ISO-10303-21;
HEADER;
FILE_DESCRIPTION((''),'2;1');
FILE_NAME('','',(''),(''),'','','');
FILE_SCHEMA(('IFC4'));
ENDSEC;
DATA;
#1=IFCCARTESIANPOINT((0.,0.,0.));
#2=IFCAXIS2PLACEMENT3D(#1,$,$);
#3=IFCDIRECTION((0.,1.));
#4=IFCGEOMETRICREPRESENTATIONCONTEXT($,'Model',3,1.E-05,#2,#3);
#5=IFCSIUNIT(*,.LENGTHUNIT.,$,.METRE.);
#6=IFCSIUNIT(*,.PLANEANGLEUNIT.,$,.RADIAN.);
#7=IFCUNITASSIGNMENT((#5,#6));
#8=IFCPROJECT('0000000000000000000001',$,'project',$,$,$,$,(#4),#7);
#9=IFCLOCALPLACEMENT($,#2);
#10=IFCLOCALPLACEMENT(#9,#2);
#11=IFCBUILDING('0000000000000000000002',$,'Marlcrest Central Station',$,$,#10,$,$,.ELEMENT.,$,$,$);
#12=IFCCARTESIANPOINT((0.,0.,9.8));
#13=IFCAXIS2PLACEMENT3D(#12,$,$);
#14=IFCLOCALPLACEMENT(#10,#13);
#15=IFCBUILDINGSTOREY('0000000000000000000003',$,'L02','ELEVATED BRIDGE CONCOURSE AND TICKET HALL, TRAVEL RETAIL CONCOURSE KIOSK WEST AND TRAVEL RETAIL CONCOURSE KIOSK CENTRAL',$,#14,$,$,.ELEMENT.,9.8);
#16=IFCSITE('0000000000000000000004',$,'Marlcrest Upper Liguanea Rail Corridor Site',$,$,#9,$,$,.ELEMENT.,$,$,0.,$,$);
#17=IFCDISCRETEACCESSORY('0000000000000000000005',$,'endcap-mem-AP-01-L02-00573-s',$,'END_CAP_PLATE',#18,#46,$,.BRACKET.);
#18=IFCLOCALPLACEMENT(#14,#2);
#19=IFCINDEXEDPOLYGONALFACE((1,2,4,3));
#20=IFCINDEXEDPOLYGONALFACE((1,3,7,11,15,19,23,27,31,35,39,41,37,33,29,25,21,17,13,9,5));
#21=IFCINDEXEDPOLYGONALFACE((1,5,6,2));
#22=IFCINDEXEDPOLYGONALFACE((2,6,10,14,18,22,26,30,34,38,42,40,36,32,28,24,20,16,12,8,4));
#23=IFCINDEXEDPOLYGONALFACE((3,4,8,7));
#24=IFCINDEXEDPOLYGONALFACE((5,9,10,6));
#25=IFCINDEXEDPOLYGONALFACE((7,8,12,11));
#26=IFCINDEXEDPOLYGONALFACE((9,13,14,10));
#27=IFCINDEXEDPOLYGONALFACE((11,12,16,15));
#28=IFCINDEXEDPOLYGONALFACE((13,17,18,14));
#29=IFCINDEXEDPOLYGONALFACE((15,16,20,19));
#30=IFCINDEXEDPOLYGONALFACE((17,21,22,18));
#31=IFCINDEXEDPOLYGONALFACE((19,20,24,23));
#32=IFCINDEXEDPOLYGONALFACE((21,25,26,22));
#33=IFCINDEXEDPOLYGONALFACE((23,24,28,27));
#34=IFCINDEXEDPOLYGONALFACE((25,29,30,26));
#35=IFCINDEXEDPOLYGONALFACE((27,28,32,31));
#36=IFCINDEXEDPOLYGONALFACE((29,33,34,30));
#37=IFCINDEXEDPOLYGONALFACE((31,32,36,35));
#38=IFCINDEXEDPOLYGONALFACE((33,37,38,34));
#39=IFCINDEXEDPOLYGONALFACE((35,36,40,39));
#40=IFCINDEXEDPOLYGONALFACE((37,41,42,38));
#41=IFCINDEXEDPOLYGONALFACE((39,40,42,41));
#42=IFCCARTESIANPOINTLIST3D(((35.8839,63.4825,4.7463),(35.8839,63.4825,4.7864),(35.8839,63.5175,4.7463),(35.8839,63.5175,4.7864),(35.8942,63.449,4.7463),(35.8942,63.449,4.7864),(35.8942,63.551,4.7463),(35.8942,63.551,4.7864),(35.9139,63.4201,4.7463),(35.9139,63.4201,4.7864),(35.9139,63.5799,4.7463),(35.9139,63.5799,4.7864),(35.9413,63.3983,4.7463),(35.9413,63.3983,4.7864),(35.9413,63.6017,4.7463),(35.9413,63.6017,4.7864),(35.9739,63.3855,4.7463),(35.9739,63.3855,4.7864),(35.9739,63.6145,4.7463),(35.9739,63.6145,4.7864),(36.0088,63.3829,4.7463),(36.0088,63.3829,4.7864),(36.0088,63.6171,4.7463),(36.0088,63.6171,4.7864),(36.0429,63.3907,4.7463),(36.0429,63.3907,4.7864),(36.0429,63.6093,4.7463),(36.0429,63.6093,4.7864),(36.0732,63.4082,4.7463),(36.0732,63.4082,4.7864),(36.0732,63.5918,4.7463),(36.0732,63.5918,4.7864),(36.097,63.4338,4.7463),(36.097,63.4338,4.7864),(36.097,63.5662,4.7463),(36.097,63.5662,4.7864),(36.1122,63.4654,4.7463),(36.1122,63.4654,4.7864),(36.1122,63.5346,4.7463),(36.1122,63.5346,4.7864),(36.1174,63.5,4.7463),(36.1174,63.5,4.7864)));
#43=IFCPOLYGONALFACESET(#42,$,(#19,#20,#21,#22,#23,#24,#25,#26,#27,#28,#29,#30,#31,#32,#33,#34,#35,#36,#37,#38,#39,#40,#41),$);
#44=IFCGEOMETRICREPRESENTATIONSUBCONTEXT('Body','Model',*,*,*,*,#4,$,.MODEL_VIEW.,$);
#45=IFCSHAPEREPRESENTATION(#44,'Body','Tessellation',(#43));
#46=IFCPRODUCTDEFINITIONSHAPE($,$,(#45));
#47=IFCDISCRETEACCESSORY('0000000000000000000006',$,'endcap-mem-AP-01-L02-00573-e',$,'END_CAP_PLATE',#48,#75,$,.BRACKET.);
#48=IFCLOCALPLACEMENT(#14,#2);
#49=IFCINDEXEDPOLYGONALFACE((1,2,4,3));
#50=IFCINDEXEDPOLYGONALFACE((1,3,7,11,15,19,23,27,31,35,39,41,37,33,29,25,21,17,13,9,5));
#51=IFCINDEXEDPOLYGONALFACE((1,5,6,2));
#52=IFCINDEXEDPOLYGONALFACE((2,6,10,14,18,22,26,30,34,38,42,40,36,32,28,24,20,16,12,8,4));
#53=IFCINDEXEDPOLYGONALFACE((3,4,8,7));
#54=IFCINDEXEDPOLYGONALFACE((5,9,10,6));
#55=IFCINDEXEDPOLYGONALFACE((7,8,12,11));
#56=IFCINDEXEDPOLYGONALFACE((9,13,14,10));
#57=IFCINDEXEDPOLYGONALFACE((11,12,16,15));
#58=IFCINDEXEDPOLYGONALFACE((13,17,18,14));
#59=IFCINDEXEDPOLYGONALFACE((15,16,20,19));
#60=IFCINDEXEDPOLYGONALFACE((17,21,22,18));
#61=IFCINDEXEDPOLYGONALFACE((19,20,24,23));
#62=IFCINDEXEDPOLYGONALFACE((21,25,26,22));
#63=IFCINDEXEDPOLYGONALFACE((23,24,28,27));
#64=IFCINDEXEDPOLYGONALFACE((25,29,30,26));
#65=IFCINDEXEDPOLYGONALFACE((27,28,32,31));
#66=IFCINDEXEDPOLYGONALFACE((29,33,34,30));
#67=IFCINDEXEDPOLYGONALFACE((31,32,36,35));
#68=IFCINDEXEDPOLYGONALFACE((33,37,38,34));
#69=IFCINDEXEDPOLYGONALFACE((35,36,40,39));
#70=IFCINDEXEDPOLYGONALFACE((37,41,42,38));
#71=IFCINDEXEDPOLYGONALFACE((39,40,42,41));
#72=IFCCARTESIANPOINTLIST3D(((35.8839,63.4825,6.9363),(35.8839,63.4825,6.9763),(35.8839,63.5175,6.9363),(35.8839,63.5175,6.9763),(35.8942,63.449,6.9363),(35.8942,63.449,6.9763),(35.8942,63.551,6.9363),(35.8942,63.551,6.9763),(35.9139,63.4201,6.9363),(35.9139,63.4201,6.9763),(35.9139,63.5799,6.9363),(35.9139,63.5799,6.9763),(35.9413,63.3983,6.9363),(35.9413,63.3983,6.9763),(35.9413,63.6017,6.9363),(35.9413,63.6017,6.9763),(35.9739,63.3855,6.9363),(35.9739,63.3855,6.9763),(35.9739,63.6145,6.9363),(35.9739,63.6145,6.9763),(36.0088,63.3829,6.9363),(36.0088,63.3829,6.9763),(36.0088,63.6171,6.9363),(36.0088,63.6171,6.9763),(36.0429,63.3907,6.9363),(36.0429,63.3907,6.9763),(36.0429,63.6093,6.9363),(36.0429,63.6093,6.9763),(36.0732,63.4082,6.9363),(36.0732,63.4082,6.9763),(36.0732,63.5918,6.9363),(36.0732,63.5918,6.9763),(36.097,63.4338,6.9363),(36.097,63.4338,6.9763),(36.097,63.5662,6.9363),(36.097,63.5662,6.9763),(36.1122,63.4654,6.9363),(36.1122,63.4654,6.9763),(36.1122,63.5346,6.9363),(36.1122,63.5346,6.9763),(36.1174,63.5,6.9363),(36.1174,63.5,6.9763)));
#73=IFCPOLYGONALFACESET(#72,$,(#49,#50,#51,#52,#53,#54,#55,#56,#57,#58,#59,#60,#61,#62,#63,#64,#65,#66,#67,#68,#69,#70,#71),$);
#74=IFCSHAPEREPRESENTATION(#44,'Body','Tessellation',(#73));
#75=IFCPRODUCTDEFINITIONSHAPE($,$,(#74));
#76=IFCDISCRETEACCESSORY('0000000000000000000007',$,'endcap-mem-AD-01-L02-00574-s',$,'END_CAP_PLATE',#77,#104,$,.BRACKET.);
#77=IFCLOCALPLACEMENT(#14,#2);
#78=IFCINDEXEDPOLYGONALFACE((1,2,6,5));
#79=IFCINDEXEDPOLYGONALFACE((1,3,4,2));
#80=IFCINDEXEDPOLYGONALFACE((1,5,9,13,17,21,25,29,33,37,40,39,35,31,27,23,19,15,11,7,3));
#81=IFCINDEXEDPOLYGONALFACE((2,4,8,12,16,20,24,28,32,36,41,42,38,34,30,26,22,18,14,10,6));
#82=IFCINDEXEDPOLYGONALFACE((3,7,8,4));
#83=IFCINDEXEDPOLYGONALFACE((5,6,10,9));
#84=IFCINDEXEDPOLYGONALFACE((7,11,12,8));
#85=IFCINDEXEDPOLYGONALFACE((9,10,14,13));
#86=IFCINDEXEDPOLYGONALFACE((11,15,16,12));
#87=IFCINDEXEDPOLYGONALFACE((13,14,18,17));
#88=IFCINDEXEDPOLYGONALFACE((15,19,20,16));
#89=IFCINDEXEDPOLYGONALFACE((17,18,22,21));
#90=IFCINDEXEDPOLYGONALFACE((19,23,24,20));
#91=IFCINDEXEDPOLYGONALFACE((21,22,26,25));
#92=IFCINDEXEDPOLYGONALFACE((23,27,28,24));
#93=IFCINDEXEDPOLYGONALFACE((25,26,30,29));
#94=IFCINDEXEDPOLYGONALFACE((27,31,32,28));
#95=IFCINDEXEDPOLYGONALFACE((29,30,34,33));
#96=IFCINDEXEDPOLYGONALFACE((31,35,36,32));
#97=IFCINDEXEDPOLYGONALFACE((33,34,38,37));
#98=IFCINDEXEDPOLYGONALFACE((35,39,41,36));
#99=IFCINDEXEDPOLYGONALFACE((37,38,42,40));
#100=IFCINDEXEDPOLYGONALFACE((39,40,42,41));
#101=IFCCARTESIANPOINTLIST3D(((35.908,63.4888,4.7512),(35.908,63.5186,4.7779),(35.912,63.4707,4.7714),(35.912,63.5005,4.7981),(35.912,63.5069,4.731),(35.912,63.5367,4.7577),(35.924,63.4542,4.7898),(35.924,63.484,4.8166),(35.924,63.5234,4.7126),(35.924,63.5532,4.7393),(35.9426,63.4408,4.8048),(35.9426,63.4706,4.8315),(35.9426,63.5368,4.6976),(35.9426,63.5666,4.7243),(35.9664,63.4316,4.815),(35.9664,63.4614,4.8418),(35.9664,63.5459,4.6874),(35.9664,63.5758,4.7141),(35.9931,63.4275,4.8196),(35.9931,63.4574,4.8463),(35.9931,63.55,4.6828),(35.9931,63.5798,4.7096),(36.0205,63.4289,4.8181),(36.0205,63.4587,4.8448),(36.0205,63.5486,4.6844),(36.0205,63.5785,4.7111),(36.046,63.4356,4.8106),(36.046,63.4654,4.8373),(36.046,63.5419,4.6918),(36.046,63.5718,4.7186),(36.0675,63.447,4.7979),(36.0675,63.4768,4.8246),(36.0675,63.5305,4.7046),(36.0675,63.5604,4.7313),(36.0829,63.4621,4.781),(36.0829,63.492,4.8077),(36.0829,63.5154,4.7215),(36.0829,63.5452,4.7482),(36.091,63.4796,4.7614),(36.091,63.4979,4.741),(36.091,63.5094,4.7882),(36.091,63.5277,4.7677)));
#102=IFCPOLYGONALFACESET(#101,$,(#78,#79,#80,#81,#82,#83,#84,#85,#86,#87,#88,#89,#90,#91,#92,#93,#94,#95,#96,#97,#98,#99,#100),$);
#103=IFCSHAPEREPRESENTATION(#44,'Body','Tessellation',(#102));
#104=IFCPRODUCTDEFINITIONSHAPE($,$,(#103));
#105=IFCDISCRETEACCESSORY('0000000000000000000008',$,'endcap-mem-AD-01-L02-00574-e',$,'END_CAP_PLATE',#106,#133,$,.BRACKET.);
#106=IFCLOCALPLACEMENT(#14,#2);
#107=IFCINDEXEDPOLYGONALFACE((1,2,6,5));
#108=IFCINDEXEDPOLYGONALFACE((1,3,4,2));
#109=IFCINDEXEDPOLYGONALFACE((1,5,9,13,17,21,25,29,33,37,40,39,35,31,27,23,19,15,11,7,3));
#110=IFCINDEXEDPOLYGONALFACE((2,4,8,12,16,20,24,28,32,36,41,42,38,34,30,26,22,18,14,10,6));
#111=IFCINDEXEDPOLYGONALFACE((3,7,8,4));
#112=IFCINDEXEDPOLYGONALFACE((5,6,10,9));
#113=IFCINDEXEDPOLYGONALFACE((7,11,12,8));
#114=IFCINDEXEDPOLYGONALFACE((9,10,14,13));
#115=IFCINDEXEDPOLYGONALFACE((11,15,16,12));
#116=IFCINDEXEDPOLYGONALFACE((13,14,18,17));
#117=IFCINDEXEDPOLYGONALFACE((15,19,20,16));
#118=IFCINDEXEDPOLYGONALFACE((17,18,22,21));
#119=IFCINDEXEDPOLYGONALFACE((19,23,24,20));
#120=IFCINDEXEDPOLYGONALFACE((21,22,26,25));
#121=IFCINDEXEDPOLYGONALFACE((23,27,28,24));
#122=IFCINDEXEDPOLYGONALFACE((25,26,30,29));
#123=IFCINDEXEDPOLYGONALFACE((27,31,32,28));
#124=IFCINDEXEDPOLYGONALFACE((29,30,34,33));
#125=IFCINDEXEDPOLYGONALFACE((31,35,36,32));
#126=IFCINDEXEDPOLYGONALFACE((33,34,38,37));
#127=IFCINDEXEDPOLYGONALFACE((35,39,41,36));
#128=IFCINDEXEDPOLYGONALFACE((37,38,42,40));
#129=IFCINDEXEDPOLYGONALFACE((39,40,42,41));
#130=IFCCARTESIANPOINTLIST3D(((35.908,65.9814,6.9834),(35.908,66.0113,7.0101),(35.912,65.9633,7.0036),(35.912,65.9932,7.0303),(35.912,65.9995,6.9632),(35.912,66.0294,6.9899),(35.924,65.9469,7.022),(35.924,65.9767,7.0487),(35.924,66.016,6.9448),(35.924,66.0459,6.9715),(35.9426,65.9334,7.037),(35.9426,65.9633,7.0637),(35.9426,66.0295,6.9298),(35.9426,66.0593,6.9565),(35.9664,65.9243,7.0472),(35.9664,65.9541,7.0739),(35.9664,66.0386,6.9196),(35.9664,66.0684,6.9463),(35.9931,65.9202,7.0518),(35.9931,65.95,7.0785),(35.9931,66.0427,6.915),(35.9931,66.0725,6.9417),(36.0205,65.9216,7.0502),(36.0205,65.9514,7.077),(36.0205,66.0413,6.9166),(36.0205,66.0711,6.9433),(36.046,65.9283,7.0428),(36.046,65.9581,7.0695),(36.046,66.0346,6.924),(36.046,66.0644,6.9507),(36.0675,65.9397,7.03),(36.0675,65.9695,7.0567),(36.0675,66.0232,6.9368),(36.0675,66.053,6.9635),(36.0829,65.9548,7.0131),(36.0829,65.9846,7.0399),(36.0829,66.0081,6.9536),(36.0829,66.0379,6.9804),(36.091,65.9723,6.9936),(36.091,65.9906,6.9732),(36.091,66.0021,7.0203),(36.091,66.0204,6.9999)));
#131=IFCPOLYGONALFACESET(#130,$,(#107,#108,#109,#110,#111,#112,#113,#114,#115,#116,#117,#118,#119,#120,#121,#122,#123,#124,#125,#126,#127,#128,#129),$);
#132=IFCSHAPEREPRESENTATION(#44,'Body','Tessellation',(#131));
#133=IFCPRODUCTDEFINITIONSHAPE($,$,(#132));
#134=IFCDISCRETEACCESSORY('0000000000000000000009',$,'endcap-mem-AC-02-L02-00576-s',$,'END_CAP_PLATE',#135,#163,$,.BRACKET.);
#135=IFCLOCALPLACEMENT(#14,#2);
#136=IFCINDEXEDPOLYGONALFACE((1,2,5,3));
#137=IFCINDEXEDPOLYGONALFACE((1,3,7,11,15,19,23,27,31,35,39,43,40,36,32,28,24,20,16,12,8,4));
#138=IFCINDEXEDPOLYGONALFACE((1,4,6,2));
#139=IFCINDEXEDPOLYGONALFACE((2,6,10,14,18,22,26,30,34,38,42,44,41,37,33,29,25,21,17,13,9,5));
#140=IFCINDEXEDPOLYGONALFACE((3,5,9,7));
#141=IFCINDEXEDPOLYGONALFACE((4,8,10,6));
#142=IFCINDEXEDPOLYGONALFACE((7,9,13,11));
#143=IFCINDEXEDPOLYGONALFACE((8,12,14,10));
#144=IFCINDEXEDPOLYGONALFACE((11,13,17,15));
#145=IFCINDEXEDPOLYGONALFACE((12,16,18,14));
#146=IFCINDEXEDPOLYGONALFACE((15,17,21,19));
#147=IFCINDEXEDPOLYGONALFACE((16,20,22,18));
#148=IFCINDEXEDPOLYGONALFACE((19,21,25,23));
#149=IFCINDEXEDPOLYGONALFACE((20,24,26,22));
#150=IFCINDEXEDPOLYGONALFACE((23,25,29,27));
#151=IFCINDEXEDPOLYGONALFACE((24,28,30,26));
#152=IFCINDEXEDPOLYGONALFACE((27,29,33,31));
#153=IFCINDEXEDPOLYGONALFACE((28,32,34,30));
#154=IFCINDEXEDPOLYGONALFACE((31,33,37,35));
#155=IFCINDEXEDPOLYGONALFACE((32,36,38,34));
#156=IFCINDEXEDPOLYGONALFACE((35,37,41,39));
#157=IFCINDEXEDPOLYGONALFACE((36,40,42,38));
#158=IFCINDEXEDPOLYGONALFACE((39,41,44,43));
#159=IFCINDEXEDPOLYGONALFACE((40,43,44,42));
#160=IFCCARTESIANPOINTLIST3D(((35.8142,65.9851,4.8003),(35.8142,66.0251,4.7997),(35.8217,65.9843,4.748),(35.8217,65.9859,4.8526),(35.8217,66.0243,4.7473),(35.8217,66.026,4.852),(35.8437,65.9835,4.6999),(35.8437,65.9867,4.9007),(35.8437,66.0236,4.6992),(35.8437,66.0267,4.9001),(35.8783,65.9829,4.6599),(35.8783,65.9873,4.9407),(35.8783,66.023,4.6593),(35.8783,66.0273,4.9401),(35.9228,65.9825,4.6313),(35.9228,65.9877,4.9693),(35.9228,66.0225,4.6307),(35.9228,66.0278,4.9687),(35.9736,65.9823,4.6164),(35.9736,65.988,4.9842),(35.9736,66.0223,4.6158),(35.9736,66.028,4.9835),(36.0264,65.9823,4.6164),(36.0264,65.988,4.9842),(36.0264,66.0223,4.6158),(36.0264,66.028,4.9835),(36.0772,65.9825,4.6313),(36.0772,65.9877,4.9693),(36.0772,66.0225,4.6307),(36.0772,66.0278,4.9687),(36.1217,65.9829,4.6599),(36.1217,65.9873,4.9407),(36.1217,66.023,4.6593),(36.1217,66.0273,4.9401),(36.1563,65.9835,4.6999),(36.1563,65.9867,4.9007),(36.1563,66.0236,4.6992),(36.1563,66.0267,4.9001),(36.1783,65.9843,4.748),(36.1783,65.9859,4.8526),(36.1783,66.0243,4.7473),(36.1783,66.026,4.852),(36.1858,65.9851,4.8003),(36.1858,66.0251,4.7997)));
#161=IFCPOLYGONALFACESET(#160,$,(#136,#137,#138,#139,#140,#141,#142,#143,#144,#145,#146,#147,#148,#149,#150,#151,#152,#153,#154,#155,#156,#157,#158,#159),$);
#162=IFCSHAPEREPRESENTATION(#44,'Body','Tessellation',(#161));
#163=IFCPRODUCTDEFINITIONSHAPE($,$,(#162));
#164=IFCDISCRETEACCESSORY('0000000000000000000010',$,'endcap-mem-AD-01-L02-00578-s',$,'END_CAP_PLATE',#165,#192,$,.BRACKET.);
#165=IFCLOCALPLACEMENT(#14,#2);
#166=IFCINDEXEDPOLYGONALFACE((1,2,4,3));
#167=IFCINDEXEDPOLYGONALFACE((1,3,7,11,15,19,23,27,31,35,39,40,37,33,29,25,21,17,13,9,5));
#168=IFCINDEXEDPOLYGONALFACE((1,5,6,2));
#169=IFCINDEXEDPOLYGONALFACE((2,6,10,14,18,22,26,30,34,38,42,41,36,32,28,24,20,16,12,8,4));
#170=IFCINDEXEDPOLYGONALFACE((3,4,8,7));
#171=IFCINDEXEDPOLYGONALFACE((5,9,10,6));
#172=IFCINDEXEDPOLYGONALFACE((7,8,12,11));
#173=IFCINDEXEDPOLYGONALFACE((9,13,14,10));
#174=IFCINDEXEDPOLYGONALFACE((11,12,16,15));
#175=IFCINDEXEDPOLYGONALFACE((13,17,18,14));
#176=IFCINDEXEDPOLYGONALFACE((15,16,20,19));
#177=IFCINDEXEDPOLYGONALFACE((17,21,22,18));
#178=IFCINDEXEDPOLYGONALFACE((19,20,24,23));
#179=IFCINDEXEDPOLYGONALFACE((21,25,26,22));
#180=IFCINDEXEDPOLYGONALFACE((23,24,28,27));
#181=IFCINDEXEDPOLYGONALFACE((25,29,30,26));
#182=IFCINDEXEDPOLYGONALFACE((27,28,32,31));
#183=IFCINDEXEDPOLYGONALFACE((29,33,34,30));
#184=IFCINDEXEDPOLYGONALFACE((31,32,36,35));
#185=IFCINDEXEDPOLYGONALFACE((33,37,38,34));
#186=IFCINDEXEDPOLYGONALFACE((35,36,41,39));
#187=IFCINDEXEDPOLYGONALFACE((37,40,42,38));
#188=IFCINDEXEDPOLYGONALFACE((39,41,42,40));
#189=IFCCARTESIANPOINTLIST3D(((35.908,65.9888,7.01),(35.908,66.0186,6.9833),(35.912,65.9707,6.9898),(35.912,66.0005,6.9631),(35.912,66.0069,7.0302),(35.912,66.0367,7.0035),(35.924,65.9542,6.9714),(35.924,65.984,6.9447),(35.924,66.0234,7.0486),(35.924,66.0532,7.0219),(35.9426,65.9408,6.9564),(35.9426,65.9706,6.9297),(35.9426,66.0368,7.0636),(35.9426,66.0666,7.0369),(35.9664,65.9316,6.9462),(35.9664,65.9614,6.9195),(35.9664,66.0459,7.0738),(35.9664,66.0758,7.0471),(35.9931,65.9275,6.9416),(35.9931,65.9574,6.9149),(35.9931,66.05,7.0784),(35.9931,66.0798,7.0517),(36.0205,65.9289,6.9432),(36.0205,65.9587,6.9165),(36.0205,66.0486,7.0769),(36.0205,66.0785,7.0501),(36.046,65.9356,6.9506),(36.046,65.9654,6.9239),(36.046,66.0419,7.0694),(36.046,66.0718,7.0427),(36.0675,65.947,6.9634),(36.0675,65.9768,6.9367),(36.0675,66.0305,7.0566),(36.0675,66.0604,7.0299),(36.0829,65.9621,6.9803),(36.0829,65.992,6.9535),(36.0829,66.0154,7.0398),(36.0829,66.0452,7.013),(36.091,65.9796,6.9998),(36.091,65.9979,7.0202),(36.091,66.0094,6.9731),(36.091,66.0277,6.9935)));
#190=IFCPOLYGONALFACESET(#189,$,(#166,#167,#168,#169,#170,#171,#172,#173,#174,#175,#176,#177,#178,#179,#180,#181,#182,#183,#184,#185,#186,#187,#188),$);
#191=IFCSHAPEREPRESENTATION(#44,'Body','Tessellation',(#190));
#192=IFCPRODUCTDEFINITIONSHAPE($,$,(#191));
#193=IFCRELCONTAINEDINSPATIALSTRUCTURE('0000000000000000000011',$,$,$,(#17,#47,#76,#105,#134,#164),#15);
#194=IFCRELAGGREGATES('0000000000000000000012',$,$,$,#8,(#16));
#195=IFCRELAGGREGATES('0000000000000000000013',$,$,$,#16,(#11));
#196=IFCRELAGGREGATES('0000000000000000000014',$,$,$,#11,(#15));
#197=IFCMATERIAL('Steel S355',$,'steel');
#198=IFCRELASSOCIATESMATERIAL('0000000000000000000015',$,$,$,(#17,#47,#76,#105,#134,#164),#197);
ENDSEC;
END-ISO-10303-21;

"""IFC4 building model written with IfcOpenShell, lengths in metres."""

from ifc_helpers import new_model, si_unit, direction, frame, origin, origin_2d, place, context, subcontext, project, spatial, circle, extrude, material, element, save


model = new_model("IFC4")

# Units and contexts
model_context = context("Model", 3, precision=1e-05, world=origin(), true_north=direction((0.0, 1.0)))
body_context = subcontext(model_context, "Body", "Model", "MODEL_VIEW")
ifc_project = project(units=[si_unit("LENGTHUNIT", "METRE"), si_unit("PLANEANGLEUNIT", "RADIAN")], contexts=[model_context])

# Site, building, storey
site_placement = place(None, origin())
site = spatial("IfcSite", under=ifc_project, at=site_placement, Name="Marlcrest Upper Liguanea Rail Corridor Site", CompositionType="ELEMENT", RefElevation=0.0)
building_placement = place(site_placement, origin())
building = spatial("IfcBuilding", under=site, at=building_placement, Name="Marlcrest Central Station", CompositionType="ELEMENT")
storey_placement = place(building_placement, frame((0.0, 0.0, 9.8)))
storey = spatial("IfcBuildingStorey", under=building, at=storey_placement, Name="L02", Description="ELEVATED BRIDGE CONCOURSE AND TICKET HALL, TRAVEL RETAIL CONCOURSE KIOSK WEST AND TRAVEL RETAIL CONCOURSE KIOSK CENTRAL", CompositionType="ELEMENT", Elevation=9.8)

# Shared definitions
ifc_material = material(Name="Steel S355", Category="steel")

# Discrete accessories
for number, where, z_axis, x_axis, name in (
    (1, (36.0, 63.5, 4.7463), (0.0, 0.0, 1.0), (1.0, 0.0, 0.0), "endcap-mem-AP-01-L02-00573-s"),
    (2, (36.0, 63.5, 6.9363), (0.0, 0.0, 1.0), (1.0, 0.0, 0.0), "endcap-mem-AP-01-L02-00573-e"),
):
    element("IfcDiscreteAccessory", number, at=place(storey_placement, frame(where, z_axis=z_axis, x_axis=x_axis)), inside=storey, material=ifc_material, Name=name, ObjectType="END_CAP_PLATE", PredefinedType="BRACKET", context=body_context, shape_type="SweptSolid", body=[
        extrude(circle(Radius=0.1174, at=origin_2d()), origin(), (0.0, 0.0, 1.0), 0.04),
    ])
for number, where, z_axis, x_axis, name in (
    (3, (36.0, 63.4888, 4.7512), (0.0, 0.744956, 0.667114), (-1.0, 0.0, 0.0), "endcap-mem-AD-01-L02-00574-s"),
    (4, (36.0, 65.9814, 6.9834), (0.0, 0.744956, 0.667114), (-1.0, 0.0, 0.0), "endcap-mem-AD-01-L02-00574-e"),
):
    element("IfcDiscreteAccessory", number, at=place(storey_placement, frame(where, z_axis=z_axis, x_axis=x_axis)), inside=storey, material=ifc_material, Name=name, ObjectType="END_CAP_PLATE", PredefinedType="BRACKET", context=body_context, shape_type="SweptSolid", body=[
        extrude(circle(Radius=0.092, at=origin_2d()), origin(), (0.0, 0.0, 1.0), 0.04),
    ])
discrete_accessory_1_placement = place(storey_placement, frame((36.0, 65.9851, 4.8003), z_axis=(0.0, 0.999879, -0.015525), x_axis=(-1.0, 0.0, 0.0)))
element("IfcDiscreteAccessory", 5, at=discrete_accessory_1_placement, inside=storey, material=ifc_material, Name="endcap-mem-AC-02-L02-00576-s", ObjectType="END_CAP_PLATE", PredefinedType="BRACKET", context=body_context, shape_type="SweptSolid", body=[
    extrude(circle(Radius=0.1858, at=origin_2d()), origin(), (0.0, 0.0, 1.0), 0.04),
])
discrete_accessory_2_placement = place(storey_placement, frame((36.0, 65.9888, 7.01), z_axis=(0.0, 0.744956, -0.667114), x_axis=(-1.0, 0.0, 0.0)))
element("IfcDiscreteAccessory", 6, at=discrete_accessory_2_placement, inside=storey, material=ifc_material, Name="endcap-mem-AD-01-L02-00578-s", ObjectType="END_CAP_PLATE", PredefinedType="BRACKET", context=body_context, shape_type="SweptSolid", body=[
    extrude(circle(Radius=0.092, at=origin_2d()), origin(), (0.0, 0.0, 1.0), 0.04),
])

save(model, "model.ifc")
